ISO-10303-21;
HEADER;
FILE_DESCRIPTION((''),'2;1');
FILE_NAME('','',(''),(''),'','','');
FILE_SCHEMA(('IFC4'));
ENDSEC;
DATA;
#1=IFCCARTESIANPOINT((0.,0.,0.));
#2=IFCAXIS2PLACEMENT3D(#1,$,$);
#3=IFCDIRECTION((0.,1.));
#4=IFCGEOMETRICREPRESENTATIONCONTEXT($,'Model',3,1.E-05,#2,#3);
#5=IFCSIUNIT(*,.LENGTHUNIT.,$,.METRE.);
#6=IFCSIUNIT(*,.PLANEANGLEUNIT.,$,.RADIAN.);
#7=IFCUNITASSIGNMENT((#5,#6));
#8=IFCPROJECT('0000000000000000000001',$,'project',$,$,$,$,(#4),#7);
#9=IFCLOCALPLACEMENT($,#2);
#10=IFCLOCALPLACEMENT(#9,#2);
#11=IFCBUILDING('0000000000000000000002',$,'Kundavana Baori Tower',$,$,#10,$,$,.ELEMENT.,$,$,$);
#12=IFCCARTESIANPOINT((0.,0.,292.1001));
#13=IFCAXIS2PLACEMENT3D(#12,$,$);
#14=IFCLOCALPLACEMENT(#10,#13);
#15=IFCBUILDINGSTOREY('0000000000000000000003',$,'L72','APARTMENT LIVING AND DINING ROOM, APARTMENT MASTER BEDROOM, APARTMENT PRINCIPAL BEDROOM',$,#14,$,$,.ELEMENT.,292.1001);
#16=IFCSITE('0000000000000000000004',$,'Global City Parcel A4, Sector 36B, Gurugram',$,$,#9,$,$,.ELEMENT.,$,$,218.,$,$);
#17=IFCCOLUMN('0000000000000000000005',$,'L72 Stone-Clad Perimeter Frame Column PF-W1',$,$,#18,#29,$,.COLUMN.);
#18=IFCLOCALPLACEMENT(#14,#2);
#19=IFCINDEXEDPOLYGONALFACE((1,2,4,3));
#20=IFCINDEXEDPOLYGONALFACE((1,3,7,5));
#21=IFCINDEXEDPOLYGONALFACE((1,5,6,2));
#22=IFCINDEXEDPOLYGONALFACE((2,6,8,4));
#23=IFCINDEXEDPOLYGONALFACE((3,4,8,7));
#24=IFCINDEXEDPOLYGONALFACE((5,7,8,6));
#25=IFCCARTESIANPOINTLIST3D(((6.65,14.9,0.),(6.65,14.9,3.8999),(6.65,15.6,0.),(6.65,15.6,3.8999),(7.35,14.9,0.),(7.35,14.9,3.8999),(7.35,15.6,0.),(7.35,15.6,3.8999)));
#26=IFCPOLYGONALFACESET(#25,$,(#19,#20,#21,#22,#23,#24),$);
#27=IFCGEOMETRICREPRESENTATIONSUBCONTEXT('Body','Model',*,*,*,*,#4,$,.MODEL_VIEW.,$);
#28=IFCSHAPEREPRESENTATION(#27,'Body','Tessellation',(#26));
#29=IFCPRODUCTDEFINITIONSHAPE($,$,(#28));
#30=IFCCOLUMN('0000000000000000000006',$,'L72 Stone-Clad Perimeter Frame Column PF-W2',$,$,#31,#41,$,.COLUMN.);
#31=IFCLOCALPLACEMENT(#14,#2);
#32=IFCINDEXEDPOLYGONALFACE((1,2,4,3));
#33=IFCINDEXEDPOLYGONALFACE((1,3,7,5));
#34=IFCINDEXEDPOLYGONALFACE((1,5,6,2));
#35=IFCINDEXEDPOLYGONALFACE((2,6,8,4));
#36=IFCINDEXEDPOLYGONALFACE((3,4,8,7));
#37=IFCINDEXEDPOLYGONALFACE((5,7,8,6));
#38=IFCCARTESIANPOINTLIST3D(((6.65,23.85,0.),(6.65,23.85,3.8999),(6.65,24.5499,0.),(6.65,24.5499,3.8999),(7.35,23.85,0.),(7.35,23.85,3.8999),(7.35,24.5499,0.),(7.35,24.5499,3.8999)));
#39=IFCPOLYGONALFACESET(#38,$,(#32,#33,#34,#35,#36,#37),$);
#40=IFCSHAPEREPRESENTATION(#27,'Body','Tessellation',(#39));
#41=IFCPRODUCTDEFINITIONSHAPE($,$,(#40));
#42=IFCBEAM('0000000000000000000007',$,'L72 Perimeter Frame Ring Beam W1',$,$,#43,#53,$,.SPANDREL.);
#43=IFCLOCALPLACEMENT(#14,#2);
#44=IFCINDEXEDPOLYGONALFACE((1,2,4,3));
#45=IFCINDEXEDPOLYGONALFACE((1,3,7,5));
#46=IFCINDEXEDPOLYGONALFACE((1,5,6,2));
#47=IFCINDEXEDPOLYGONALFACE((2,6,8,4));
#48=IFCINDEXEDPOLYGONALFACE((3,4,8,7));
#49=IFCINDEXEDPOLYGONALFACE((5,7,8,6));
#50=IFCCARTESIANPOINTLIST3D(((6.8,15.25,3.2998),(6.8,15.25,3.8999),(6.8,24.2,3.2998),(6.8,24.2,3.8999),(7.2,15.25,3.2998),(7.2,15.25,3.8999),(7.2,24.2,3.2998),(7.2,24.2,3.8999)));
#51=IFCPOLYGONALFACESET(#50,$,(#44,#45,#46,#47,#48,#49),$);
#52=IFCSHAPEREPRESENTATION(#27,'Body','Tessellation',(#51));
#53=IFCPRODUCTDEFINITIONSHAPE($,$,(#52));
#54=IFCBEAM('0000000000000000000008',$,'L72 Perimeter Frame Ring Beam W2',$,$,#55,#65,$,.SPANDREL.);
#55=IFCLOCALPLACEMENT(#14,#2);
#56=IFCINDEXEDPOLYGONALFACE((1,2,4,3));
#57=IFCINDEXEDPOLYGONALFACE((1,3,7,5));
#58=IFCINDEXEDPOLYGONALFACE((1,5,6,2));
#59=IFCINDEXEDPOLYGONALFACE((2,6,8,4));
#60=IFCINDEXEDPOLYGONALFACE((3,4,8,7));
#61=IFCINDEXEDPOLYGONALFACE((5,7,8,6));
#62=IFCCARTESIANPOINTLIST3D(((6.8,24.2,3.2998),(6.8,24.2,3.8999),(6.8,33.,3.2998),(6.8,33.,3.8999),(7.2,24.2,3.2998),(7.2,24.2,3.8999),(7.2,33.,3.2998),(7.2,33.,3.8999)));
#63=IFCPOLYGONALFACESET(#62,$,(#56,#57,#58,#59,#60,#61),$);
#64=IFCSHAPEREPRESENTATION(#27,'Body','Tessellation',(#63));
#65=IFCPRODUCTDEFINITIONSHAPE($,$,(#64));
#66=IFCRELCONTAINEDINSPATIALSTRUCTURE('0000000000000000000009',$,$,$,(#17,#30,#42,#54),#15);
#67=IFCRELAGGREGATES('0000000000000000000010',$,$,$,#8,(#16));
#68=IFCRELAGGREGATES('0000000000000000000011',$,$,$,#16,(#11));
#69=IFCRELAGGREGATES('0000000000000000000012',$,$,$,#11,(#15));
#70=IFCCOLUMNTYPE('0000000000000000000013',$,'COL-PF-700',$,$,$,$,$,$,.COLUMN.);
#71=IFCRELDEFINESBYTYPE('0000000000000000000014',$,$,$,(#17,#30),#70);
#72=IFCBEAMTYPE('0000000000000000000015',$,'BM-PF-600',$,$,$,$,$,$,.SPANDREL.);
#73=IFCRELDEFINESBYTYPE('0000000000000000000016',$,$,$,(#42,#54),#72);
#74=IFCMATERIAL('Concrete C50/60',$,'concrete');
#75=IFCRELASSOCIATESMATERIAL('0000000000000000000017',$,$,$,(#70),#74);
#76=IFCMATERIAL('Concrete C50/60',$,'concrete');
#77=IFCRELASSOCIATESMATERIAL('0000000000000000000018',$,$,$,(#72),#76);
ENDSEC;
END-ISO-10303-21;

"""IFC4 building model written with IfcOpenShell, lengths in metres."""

from ifc_helpers import new_model, si_unit, direction, frame, origin, origin_2d, place, context, subcontext, project, spatial, rectangle, extrude, material, material_profile, profile_set, type_object, element, save


model = new_model("IFC4")

# Units and contexts
model_context = context("Model", 3, precision=1e-05, world=origin(), true_north=direction((0.0, 1.0)))
body_context = subcontext(model_context, "Body", "Model", "MODEL_VIEW")
ifc_project = project(units=[si_unit("LENGTHUNIT", "METRE"), si_unit("PLANEANGLEUNIT", "RADIAN")], contexts=[model_context])

# Site, building, storey
site_placement = place(None, origin())
site = spatial("IfcSite", under=ifc_project, at=site_placement, Name="Global City Parcel A4, Sector 36B, Gurugram", CompositionType="ELEMENT", RefElevation=218.0)
building_placement = place(site_placement, origin())
building = spatial("IfcBuilding", under=site, at=building_placement, Name="Kundavana Baori Tower", CompositionType="ELEMENT")
storey_placement = place(building_placement, frame((0.0, 0.0, 292.1001)))
storey = spatial("IfcBuildingStorey", under=building, at=storey_placement, Name="L72", Description="APARTMENT LIVING AND DINING ROOM, APARTMENT MASTER BEDROOM, APARTMENT PRINCIPAL BEDROOM", CompositionType="ELEMENT", Elevation=292.1001)

# Columns
ifc_material_1 = material(Name="Concrete C50/60", Category="concrete")
ifc_material_profile_1 = material_profile(ifc_material_1, rectangle(XDim=0.7, YDim=0.7, at=origin_2d()), Name="RC PF 700x700")
ifc_profile_set_1 = profile_set([ifc_material_profile_1], Name="Concrete C50/60")
column_type = type_object("IfcColumnType", Name="COL-PF-700", PredefinedType="COLUMN", material=ifc_profile_set_1)
for number, where, z_axis, x_axis, name in (
    (1, (7.0, 15.25, 0.0), (0.0, 0.0, 1.0), (1.0, 0.0, 0.0), "L72 Stone-Clad Perimeter Frame Column PF-W1"),
    (2, (7.0, 24.2, 0.0), (0.0, 0.0, 1.0), (1.0, 0.0, 0.0), "L72 Stone-Clad Perimeter Frame Column PF-W2"),
):
    element("IfcColumn", number, at=place(storey_placement, frame(where, z_axis=z_axis, x_axis=x_axis)), inside=storey, type_object=column_type, Name=name, PredefinedType="COLUMN", context=body_context, shape_type="SweptSolid", body=[
        extrude(rectangle(XDim=0.7, YDim=0.7, at=origin_2d()), origin(), (0.0, 0.0, 1.0), 3.8999),
    ])

# Beams
ifc_material_2 = material(Name="Concrete C50/60", Category="concrete")
ifc_material_profile_2 = material_profile(ifc_material_2, rectangle(XDim=0.3999, YDim=0.6001, at=origin_2d()), Name="RC BM 400x600")
ifc_profile_set_2 = profile_set([ifc_material_profile_2], Name="Concrete C50/60")
beam_type = type_object("IfcBeamType", Name="BM-PF-600", PredefinedType="SPANDREL", material=ifc_profile_set_2)
beam_1_placement = place(storey_placement, frame((7.0, 15.25, 3.5999), z_axis=(0.0, 1.0, 0.0), x_axis=(-1.0, 0.0, 0.0)))
element("IfcBeam", 3, at=beam_1_placement, inside=storey, type_object=beam_type, Name="L72 Perimeter Frame Ring Beam W1", PredefinedType="SPANDREL", context=body_context, shape_type="SweptSolid", body=[
    extrude(rectangle(XDim=0.3999, YDim=0.6001, at=origin_2d()), origin(), (0.0, 0.0, 1.0), 8.95),
])
beam_2_placement = place(storey_placement, frame((7.0, 24.2, 3.5999), z_axis=(0.0, 1.0, 0.0), x_axis=(-1.0, 0.0, 0.0)))
element("IfcBeam", 4, at=beam_2_placement, inside=storey, type_object=beam_type, Name="L72 Perimeter Frame Ring Beam W2", PredefinedType="SPANDREL", context=body_context, shape_type="SweptSolid", body=[
    extrude(rectangle(XDim=0.3999, YDim=0.6001, at=origin_2d()), origin(), (0.0, 0.0, 1.0), 8.8),
])

save(model, "model.ifc")
